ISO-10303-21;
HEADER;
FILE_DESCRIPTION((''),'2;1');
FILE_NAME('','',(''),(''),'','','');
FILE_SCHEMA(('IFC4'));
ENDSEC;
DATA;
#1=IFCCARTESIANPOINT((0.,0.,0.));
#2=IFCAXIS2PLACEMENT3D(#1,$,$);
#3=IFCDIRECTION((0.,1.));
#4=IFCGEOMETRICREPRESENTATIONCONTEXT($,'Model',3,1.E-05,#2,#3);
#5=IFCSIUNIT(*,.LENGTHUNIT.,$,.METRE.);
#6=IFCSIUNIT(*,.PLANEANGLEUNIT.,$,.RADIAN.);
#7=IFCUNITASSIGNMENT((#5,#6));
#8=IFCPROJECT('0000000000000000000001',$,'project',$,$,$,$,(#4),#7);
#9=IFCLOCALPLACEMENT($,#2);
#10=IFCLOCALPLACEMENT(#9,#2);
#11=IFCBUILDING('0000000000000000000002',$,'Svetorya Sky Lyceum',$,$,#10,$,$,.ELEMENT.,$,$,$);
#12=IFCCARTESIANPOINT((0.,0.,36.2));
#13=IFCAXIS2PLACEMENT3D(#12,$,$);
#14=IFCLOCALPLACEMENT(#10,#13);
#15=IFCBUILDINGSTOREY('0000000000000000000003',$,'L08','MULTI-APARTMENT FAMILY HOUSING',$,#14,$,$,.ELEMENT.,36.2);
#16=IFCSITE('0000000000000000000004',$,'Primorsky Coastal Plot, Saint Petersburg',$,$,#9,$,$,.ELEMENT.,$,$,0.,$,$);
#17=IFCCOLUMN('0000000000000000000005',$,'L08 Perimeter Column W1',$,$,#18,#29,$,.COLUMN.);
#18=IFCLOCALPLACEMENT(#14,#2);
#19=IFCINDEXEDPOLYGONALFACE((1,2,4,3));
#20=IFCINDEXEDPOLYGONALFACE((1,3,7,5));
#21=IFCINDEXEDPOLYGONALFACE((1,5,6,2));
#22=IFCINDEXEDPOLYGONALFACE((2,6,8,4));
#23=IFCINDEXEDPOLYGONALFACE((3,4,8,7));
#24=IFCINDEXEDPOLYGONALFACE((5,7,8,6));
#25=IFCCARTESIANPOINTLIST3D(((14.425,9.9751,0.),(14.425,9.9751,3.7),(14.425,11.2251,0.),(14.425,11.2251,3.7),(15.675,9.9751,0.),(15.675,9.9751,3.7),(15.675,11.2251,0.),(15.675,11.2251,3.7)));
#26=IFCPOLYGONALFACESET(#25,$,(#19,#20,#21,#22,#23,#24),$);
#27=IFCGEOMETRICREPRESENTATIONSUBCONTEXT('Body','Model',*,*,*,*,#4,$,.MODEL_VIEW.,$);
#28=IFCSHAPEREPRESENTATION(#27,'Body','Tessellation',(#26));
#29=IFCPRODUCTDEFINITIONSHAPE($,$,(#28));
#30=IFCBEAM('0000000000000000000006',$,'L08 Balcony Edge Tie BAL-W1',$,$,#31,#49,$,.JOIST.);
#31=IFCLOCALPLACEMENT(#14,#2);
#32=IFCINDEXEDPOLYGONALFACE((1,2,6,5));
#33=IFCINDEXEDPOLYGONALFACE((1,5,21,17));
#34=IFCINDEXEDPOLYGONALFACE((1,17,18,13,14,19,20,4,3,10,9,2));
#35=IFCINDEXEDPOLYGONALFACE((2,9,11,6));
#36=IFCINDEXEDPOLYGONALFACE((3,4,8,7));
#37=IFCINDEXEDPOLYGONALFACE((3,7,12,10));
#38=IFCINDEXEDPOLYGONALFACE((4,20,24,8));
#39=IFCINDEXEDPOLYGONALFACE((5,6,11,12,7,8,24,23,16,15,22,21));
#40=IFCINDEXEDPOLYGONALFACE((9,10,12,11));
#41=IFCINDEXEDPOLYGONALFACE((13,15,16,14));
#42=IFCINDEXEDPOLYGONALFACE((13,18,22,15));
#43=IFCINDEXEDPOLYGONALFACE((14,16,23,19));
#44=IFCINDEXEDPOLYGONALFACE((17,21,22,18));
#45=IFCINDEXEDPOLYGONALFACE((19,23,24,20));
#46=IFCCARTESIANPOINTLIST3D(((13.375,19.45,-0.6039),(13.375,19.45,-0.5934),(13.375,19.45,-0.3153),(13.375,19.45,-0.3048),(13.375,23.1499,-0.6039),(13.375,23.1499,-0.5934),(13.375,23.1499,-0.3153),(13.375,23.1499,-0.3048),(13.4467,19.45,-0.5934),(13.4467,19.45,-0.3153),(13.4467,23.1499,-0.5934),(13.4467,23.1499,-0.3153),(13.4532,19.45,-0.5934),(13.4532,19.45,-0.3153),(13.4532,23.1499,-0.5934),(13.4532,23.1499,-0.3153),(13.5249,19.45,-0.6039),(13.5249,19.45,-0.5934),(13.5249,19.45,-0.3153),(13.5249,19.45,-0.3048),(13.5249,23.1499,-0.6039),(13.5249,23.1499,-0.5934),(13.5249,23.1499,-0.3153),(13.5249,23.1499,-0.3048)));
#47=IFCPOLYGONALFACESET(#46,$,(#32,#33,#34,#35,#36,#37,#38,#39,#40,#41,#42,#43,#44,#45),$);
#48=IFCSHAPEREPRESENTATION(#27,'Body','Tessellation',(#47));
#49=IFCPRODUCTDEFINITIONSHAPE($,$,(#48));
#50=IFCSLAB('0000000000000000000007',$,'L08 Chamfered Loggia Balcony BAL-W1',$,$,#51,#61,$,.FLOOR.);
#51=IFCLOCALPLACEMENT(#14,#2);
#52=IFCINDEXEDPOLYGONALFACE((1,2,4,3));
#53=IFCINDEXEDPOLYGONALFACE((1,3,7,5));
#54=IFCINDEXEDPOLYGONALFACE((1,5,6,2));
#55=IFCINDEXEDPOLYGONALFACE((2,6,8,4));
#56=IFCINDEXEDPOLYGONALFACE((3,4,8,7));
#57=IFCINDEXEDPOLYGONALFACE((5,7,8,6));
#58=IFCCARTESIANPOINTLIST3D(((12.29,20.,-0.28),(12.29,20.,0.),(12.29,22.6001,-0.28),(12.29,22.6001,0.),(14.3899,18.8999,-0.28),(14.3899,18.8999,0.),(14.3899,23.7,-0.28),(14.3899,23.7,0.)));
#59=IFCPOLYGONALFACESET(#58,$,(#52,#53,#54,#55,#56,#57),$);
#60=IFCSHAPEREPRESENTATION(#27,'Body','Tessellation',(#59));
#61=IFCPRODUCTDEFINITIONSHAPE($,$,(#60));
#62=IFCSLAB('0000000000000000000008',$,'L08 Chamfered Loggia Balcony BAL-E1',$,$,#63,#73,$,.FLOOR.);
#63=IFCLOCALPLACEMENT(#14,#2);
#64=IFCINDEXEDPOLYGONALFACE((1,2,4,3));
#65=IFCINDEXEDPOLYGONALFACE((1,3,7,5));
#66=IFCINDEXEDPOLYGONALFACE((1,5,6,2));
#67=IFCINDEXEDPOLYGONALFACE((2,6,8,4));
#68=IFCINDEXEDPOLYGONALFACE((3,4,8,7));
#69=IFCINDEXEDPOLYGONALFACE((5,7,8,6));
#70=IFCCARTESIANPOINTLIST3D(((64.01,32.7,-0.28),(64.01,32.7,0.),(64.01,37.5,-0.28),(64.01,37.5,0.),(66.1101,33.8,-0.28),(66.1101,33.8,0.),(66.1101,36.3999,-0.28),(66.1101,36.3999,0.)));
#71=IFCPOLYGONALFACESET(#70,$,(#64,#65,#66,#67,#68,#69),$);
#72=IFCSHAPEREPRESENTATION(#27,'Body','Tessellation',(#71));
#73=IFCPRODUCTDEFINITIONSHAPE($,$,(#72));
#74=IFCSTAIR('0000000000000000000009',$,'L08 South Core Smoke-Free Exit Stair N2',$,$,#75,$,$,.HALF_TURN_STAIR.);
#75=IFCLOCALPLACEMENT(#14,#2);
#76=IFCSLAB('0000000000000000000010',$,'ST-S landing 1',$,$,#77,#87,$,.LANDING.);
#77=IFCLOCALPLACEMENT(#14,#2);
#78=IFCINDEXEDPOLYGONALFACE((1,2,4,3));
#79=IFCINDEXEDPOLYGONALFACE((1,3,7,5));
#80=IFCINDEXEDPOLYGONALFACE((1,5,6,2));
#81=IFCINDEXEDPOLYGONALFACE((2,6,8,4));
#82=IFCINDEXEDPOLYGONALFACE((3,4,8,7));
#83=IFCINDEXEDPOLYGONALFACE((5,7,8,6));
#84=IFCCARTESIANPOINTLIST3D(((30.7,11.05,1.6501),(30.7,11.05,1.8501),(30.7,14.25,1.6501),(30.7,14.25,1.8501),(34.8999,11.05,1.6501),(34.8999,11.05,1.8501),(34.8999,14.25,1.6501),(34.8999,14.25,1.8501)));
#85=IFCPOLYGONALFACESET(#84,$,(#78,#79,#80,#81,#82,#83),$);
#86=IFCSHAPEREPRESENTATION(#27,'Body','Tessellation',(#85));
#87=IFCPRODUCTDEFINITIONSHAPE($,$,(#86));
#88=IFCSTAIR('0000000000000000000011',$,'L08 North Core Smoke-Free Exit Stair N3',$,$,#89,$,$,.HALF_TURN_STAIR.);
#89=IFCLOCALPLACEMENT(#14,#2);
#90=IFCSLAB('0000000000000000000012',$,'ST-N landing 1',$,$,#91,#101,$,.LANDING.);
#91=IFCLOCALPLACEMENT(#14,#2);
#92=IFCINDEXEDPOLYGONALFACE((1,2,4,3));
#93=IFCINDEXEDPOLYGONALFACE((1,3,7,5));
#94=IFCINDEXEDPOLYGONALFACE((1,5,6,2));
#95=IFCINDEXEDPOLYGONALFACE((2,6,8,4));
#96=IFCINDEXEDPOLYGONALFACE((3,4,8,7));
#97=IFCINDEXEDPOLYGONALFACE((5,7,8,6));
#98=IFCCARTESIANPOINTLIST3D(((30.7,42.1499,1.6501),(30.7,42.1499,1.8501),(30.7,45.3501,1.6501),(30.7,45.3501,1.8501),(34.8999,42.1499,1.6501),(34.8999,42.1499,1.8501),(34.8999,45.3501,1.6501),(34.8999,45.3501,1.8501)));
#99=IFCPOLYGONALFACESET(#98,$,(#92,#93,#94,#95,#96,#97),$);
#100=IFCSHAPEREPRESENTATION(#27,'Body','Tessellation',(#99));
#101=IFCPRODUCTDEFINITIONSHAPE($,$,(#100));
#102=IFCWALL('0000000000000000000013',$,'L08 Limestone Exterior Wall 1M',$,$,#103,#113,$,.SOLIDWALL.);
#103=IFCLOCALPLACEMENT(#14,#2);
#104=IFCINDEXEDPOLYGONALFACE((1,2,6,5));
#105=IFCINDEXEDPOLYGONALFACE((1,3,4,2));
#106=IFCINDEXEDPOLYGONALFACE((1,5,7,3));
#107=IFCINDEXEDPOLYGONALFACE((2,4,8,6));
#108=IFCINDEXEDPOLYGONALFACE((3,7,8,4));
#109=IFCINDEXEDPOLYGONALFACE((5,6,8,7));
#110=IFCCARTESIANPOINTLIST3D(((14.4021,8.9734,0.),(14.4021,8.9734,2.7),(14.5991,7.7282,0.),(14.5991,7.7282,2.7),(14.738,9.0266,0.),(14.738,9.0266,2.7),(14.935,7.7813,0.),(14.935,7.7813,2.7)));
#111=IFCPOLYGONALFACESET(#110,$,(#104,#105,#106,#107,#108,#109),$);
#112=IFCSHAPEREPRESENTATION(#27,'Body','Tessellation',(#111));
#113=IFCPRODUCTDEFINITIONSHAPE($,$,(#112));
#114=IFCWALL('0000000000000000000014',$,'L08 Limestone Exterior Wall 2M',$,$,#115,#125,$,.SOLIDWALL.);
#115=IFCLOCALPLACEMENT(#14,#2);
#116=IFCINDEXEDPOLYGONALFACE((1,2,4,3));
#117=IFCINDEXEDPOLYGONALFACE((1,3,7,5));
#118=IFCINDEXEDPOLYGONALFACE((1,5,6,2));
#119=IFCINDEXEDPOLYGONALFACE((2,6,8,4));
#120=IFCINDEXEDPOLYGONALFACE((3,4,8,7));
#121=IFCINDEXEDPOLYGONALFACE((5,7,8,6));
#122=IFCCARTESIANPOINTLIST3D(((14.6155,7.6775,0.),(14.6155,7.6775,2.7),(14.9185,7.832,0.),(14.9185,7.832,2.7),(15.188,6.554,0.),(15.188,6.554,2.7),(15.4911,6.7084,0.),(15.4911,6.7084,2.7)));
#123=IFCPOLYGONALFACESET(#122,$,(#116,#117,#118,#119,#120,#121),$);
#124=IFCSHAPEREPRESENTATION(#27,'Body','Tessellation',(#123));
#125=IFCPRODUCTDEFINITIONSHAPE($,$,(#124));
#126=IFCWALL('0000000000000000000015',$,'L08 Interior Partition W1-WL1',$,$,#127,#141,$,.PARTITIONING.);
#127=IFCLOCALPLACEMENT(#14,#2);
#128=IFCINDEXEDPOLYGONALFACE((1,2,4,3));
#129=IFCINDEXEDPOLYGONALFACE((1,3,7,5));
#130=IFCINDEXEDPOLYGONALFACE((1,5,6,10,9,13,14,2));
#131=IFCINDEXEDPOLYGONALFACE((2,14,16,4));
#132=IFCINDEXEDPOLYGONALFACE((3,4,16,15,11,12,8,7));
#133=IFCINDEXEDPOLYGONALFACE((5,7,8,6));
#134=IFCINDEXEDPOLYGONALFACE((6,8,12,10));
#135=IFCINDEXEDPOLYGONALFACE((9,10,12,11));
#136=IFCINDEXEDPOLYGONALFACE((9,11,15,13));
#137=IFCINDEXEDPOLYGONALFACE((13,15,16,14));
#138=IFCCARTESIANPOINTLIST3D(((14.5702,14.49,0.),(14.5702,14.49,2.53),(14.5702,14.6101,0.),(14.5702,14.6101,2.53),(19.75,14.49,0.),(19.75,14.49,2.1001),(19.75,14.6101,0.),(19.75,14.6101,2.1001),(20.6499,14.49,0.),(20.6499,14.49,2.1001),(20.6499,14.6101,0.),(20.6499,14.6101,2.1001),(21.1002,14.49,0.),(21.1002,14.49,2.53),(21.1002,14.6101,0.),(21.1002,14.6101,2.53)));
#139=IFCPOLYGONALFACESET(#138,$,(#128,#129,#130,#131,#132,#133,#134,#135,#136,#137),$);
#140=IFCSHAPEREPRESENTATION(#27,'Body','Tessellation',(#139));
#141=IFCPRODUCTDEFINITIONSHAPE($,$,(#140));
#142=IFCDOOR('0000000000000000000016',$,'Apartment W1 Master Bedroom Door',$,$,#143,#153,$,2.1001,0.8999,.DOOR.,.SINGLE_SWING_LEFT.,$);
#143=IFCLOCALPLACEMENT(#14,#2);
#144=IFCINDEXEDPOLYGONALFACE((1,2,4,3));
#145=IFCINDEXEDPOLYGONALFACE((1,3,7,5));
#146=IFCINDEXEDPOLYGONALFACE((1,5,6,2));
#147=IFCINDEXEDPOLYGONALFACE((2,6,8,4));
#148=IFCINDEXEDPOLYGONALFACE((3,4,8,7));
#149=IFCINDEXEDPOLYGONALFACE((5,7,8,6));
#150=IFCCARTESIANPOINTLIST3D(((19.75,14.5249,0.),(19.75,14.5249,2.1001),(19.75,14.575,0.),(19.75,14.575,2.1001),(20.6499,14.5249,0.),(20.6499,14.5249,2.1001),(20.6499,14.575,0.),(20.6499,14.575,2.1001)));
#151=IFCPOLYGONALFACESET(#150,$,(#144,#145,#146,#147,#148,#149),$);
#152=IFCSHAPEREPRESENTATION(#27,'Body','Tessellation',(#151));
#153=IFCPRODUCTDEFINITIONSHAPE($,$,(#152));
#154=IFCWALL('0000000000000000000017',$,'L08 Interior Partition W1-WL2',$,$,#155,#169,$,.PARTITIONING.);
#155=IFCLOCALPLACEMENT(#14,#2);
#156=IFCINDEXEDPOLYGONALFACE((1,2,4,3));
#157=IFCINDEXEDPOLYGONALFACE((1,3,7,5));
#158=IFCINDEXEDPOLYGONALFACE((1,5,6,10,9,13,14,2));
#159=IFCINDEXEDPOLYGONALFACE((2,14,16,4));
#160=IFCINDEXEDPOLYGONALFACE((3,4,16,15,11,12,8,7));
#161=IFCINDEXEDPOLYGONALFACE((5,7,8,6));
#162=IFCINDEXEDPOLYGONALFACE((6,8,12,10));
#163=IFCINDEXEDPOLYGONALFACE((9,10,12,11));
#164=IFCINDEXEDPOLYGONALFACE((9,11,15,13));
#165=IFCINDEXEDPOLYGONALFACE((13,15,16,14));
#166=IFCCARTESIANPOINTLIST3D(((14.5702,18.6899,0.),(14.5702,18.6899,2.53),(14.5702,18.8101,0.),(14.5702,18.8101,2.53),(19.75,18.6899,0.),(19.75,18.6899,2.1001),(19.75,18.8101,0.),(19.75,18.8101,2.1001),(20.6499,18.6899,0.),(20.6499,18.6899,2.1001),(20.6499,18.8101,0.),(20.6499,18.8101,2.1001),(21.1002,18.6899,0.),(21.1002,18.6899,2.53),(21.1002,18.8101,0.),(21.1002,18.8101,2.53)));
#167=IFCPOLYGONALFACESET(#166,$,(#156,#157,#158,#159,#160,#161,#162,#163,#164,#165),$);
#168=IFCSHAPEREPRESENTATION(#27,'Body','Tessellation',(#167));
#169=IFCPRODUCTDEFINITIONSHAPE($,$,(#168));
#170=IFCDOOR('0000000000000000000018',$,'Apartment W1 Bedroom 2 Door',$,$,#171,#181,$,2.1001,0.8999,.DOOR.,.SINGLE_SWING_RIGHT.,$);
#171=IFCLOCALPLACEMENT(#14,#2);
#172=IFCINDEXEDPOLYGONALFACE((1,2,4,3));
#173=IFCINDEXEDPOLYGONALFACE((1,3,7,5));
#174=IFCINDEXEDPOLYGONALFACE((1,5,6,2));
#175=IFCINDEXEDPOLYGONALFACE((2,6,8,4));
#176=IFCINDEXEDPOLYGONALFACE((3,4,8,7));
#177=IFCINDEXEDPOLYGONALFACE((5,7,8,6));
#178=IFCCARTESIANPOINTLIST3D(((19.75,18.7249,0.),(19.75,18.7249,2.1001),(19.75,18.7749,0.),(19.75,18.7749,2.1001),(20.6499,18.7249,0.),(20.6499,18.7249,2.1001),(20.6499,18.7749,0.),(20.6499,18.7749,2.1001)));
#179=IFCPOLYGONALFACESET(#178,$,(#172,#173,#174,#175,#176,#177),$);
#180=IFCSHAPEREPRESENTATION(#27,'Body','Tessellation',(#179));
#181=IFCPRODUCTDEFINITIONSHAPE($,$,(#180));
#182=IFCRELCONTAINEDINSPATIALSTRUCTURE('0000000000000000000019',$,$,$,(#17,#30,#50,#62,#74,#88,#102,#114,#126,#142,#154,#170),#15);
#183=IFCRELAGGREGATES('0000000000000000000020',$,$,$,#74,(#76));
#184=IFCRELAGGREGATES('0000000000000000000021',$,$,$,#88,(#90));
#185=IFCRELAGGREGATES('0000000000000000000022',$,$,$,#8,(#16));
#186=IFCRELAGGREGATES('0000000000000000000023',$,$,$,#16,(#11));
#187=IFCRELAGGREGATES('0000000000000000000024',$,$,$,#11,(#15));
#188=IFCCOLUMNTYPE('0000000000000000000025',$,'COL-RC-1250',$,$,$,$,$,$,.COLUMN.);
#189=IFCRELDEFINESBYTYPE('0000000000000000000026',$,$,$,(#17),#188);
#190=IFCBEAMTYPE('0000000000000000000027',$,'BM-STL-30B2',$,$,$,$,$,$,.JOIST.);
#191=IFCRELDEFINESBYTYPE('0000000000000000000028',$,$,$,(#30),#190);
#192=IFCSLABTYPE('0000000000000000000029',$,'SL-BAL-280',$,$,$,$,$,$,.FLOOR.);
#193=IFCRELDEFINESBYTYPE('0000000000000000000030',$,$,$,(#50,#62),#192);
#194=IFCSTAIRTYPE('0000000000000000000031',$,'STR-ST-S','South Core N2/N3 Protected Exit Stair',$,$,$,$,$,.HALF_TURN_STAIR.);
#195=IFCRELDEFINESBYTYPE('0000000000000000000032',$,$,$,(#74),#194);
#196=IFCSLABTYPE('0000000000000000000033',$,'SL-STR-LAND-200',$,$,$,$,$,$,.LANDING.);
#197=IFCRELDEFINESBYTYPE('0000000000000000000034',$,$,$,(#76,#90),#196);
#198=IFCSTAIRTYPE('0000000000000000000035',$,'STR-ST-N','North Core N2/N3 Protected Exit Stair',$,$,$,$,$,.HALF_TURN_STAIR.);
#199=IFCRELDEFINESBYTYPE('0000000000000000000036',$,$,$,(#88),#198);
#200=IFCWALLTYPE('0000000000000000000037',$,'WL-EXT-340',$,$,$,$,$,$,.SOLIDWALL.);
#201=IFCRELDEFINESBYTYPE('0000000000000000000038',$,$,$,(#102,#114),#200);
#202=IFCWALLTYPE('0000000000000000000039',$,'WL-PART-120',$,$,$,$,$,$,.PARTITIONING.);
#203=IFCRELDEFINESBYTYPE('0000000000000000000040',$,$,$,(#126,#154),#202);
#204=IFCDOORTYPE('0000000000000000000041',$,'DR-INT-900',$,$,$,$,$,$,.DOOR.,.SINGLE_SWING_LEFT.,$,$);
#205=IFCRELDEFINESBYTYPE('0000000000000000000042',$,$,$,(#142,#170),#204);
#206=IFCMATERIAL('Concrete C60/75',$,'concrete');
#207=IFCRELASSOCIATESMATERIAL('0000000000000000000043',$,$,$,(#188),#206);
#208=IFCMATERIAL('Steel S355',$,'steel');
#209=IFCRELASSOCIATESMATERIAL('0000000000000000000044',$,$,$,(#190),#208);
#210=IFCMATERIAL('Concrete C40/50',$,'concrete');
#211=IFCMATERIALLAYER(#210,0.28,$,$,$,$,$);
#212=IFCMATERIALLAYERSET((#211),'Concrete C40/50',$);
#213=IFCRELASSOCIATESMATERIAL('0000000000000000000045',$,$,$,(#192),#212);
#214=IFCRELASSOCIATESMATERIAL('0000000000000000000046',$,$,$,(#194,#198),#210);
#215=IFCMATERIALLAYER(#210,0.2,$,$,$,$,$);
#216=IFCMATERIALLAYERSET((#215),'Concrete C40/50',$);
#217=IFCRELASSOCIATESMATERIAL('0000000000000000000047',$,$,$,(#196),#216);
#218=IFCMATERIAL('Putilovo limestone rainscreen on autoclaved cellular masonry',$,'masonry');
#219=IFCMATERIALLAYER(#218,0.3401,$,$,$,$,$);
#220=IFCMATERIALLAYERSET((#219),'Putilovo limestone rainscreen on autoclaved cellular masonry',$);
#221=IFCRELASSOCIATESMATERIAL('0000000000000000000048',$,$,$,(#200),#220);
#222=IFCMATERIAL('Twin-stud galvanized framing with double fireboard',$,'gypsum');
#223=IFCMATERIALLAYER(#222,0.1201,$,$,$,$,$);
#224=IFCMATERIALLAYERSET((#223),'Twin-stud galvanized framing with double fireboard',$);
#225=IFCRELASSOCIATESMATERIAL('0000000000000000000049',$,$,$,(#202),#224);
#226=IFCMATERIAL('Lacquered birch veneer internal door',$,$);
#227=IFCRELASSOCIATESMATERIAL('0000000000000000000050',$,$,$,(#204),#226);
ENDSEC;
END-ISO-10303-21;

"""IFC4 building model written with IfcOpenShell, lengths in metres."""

from ifc_helpers import new_model, si_unit, direction, frame, frame_2d, origin, origin_2d, place, context, subcontext, project, spatial, polyline, rectangle, i_section, outline, extrude, material, layer, layer_set, material_profile, profile_set, type_object, element, fill, aggregate, save


model = new_model("IFC4")

# Units and contexts
model_context = context("Model", 3, precision=1e-05, world=origin(), true_north=direction((0.0, 1.0)))
body_context = subcontext(model_context, "Body", "Model", "MODEL_VIEW")
ifc_project = project(units=[si_unit("LENGTHUNIT", "METRE"), si_unit("PLANEANGLEUNIT", "RADIAN")], contexts=[model_context])

# Site, building, storey
site_placement = place(None, origin())
site = spatial("IfcSite", under=ifc_project, at=site_placement, Name="Primorsky Coastal Plot, Saint Petersburg", CompositionType="ELEMENT", RefElevation=0.0)
building_placement = place(site_placement, origin())
building = spatial("IfcBuilding", under=site, at=building_placement, Name="Svetorya Sky Lyceum", CompositionType="ELEMENT")
storey_placement = place(building_placement, frame((0.0, 0.0, 36.2)))
storey = spatial("IfcBuildingStorey", under=building, at=storey_placement, Name="L08", Description="MULTI-APARTMENT FAMILY HOUSING", CompositionType="ELEMENT", Elevation=36.2)

# Column
ifc_material_1 = material(Name="Concrete C60/75", Category="concrete")
ifc_material_profile_1 = material_profile(ifc_material_1, rectangle(XDim=1.25, YDim=1.25, at=origin_2d()), Name="RC COL 1250x1250")
ifc_profile_set_1 = profile_set([ifc_material_profile_1], Name="Concrete C60/75")
column_type = type_object("IfcColumnType", Name="COL-RC-1250", PredefinedType="COLUMN", material=ifc_profile_set_1)
column_placement = place(storey_placement, frame((15.05, 10.6001, 0.0), z_axis=(0.0, 0.0, 1.0), x_axis=(1.0, 0.0, 0.0)))
element("IfcColumn", 1, at=column_placement, inside=storey, type_object=column_type, Name="L08 Perimeter Column W1", PredefinedType="COLUMN", context=body_context, shape_type="SweptSolid", body=[
    extrude(rectangle(XDim=1.25, YDim=1.25, at=origin_2d()), origin(), (0.0, 0.0, 1.0), 3.7),
])

# Beam
ifc_material_2 = material(Name="Steel S355", Category="steel")
ifc_material_profile_2 = material_profile(ifc_material_2, i_section(OverallWidth=0.1499, OverallDepth=0.2991, WebThickness=0.0066, FlangeThickness=0.0105, at=origin_2d()), Name="GOST 30B2")
ifc_profile_set_2 = profile_set([ifc_material_profile_2], Name="Steel S355")
beam_type = type_object("IfcBeamType", Name="BM-STL-30B2", PredefinedType="JOIST", material=ifc_profile_set_2)
beam_placement = place(storey_placement, frame((13.45, 19.45, -0.4543), z_axis=(0.0, 1.0, 0.0), x_axis=(-1.0, 0.0, 0.0)))
element("IfcBeam", 2, at=beam_placement, inside=storey, type_object=beam_type, Name="L08 Balcony Edge Tie BAL-W1", PredefinedType="JOIST", context=body_context, shape_type="SweptSolid", body=[
    extrude(i_section(OverallWidth=0.1499, OverallDepth=0.2991, WebThickness=0.0066, FlangeThickness=0.0105, at=origin_2d()), origin(), (0.0, 0.0, 1.0), 3.7),
])

# Slabs
ifc_material_3 = material(Name="Concrete C40/50", Category="concrete")
ifc_layer_1 = layer(ifc_material_3, 0.28)
ifc_layer_set_1 = layer_set([ifc_layer_1], Name="Concrete C40/50")
slab_type_1 = type_object("IfcSlabType", Name="SL-BAL-280", PredefinedType="FLOOR", material=ifc_layer_set_1)
slab_1_placement = place(storey_placement, frame((0.0, 0.0, -0.28)))
element("IfcSlab", 3, at=slab_1_placement, inside=storey, type_object=slab_type_1, Name="L08 Chamfered Loggia Balcony BAL-W1", PredefinedType="FLOOR", context=body_context, shape_type="SweptSolid", body=[
    extrude(outline(polyline([(14.3899, 18.8999), (14.3899, 23.7), (12.29, 22.6001), (12.29, 20.0), (14.3899, 18.8999)])), origin(), (0.0, 0.0, 1.0), 0.28),
])
slab_2_placement = place(storey_placement, frame((0.0, 0.0, -0.28)))
element("IfcSlab", 4, at=slab_2_placement, inside=storey, type_object=slab_type_1, Name="L08 Chamfered Loggia Balcony BAL-E1", PredefinedType="FLOOR", context=body_context, shape_type="SweptSolid", body=[
    extrude(outline(polyline([(64.01, 32.7), (66.1101, 33.8), (66.1101, 36.3999), (64.01, 37.5), (64.01, 32.7)])), origin(), (0.0, 0.0, 1.0), 0.28),
])

# Stairs, slabs
stair_type_1 = type_object("IfcStairType", Name="STR-ST-S", Description="South Core N2/N3 Protected Exit Stair", PredefinedType="HALF_TURN_STAIR", material=ifc_material_3)
stair_1_placement = place(storey_placement, origin())
stair_1 = element("IfcStair", 5, at=stair_1_placement, inside=storey, type_object=stair_type_1, Name="L08 South Core Smoke-Free Exit Stair N2", PredefinedType="HALF_TURN_STAIR")
ifc_layer_2 = layer(ifc_material_3, 0.2)
ifc_layer_set_2 = layer_set([ifc_layer_2], Name="Concrete C40/50")
slab_type_2 = type_object("IfcSlabType", Name="SL-STR-LAND-200", PredefinedType="LANDING", material=ifc_layer_set_2)
slab_3_placement = place(storey_placement, frame((0.0, 0.0, 1.6501)))
slab_3 = element("IfcSlab", 6, at=slab_3_placement, type_object=slab_type_2, Name="ST-S landing 1", PredefinedType="LANDING", context=body_context, shape_type="SweptSolid", body=[
    extrude(outline(polyline([(30.7, 11.05), (34.8999, 11.05), (34.8999, 14.25), (30.7, 14.25), (30.7, 11.05)])), origin(), (0.0, 0.0, 1.0), 0.2),
])
aggregate(stair_1, [slab_3])
stair_type_2 = type_object("IfcStairType", Name="STR-ST-N", Description="North Core N2/N3 Protected Exit Stair", PredefinedType="HALF_TURN_STAIR", material=ifc_material_3)
stair_2_placement = place(storey_placement, origin())
stair_2 = element("IfcStair", 7, at=stair_2_placement, inside=storey, type_object=stair_type_2, Name="L08 North Core Smoke-Free Exit Stair N3", PredefinedType="HALF_TURN_STAIR")
slab_4_placement = place(storey_placement, frame((0.0, 0.0, 1.6501)))
slab_4 = element("IfcSlab", 8, at=slab_4_placement, type_object=slab_type_2, Name="ST-N landing 1", PredefinedType="LANDING", context=body_context, shape_type="SweptSolid", body=[
    extrude(outline(polyline([(30.7, 42.1499), (34.8999, 42.1499), (34.8999, 45.3501), (30.7, 45.3501), (30.7, 42.1499)])), origin(), (0.0, 0.0, 1.0), 0.2),
])
aggregate(stair_2, [slab_4])

# Walls
ifc_material_4 = material(Name="Putilovo limestone rainscreen on autoclaved cellular masonry", Category="masonry")
ifc_layer_3 = layer(ifc_material_4, 0.3401)
ifc_layer_set_3 = layer_set([ifc_layer_3], Name="Putilovo limestone rainscreen on autoclaved cellular masonry")
wall_type_1 = type_object("IfcWallType", Name="WL-EXT-340", PredefinedType="SOLIDWALL", material=ifc_layer_set_3)
wall_1_placement = place(storey_placement, frame((14.5701, 9.0, 0.0), z_axis=(0.0, 0.0, 1.0), x_axis=(0.156261, -0.987716, 0.0)))
element("IfcWall", 9, at=wall_1_placement, inside=storey, type_object=wall_type_1, Name="L08 Limestone Exterior Wall 1M", PredefinedType="SOLIDWALL", context=body_context, shape_type="SweptSolid", body=[
    extrude(rectangle(XDim=1.2607, YDim=0.3401, at=frame_2d((0.6304, 0.0))), origin(), (0.0, 0.0, 1.0), 2.7),
])
wall_2_placement = place(storey_placement, frame((14.7671, 7.7546, 0.0), z_axis=(0.0, 0.0, 1.0), x_axis=(0.454016, -0.890994, 0.0)))
element("IfcWall", 10, at=wall_2_placement, inside=storey, type_object=wall_type_1, Name="L08 Limestone Exterior Wall 2M", PredefinedType="SOLIDWALL", context=body_context, shape_type="SweptSolid", body=[
    extrude(rectangle(XDim=1.261, YDim=0.3401, at=frame_2d((0.6304, 0.0))), origin(), (0.0, 0.0, 1.0), 2.7),
])

# Walls, openings, doors
ifc_material_5 = material(Name="Twin-stud galvanized framing with double fireboard", Category="gypsum")
ifc_layer_4 = layer(ifc_material_5, 0.1201)
ifc_layer_set_4 = layer_set([ifc_layer_4], Name="Twin-stud galvanized framing with double fireboard")
wall_type_2 = type_object("IfcWallType", Name="WL-PART-120", PredefinedType="PARTITIONING", material=ifc_layer_set_4)
wall_3_placement = place(storey_placement, frame((14.5701, 14.55, 0.0), z_axis=(0.0, 0.0, 1.0), x_axis=(1.0, 0.0, 0.0)))
wall_3 = element("IfcWall", 11, at=wall_3_placement, inside=storey, type_object=wall_type_2, Name="L08 Interior Partition W1-WL1", PredefinedType="PARTITIONING", context=body_context, shape_type="SweptSolid", body=[
    extrude(rectangle(XDim=6.53, YDim=0.1201, at=frame_2d((3.2651, 0.0))), origin(), (0.0, 0.0, 1.0), 2.53),
])
opening_1_placement = place(wall_3_placement, frame((5.1799, 0.0, 0.0)))
opening_1 = element("IfcOpeningElement", 12, at=opening_1_placement, cuts=wall_3, PredefinedType="OPENING", context=body_context, shape_type="SweptSolid", body=[
    extrude(rectangle(XDim=0.8999, YDim=2.1001, at=frame_2d((0.45, 1.05))), frame((0.0, 0.0701, 0.0), z_axis=(0.0, -1.0, 0.0), x_axis=(1.0, 0.0, 0.0)), (0.0, 0.0, 1.0), 0.1401),
])
ifc_material_6 = material(Name="Lacquered birch veneer internal door")
door_type = type_object("IfcDoorType", Name="DR-INT-900", OperationType="SINGLE_SWING_LEFT", PredefinedType="DOOR", material=ifc_material_6)
door_1_placement = place(opening_1_placement, origin())
door_1 = element("IfcDoor", 13, at=door_1_placement, inside=storey, type_object=door_type, Name="Apartment W1 Master Bedroom Door", OperationType="SINGLE_SWING_LEFT", OverallHeight=2.1001, OverallWidth=0.8999, PredefinedType="DOOR", context=body_context, shape_type="SweptSolid", body=[
    extrude(rectangle(XDim=0.8999, YDim=2.1001, at=frame_2d((0.45, 1.05))), frame((0.0, 0.0249, 0.0), z_axis=(0.0, -1.0, 0.0), x_axis=(1.0, 0.0, 0.0)), (0.0, 0.0, 1.0), 0.05),
])
fill(opening_1, door_1)
wall_4_placement = place(storey_placement, frame((14.5701, 18.75, 0.0), z_axis=(0.0, 0.0, 1.0), x_axis=(1.0, 0.0, 0.0)))
wall_4 = element("IfcWall", 14, at=wall_4_placement, inside=storey, type_object=wall_type_2, Name="L08 Interior Partition W1-WL2", PredefinedType="PARTITIONING", context=body_context, shape_type="SweptSolid", body=[
    extrude(rectangle(XDim=6.53, YDim=0.1201, at=frame_2d((3.2651, 0.0))), origin(), (0.0, 0.0, 1.0), 2.53),
])
opening_2_placement = place(wall_4_placement, frame((5.1799, 0.0, 0.0)))
opening_2 = element("IfcOpeningElement", 15, at=opening_2_placement, cuts=wall_4, PredefinedType="OPENING", context=body_context, shape_type="SweptSolid", body=[
    extrude(rectangle(XDim=0.8999, YDim=2.1001, at=frame_2d((0.45, 1.05))), frame((0.0, 0.0701, 0.0), z_axis=(0.0, -1.0, 0.0), x_axis=(1.0, 0.0, 0.0)), (0.0, 0.0, 1.0), 0.1401),
])
door_2_placement = place(opening_2_placement, origin())
door_2 = element("IfcDoor", 16, at=door_2_placement, inside=storey, type_object=door_type, Name="Apartment W1 Bedroom 2 Door", OperationType="SINGLE_SWING_RIGHT", OverallHeight=2.1001, OverallWidth=0.8999, PredefinedType="DOOR", context=body_context, shape_type="SweptSolid", body=[
    extrude(rectangle(XDim=0.8999, YDim=2.1001, at=frame_2d((0.45, 1.05))), frame((0.0, 0.0249, 0.0), z_axis=(0.0, -1.0, 0.0), x_axis=(1.0, 0.0, 0.0)), (0.0, 0.0, 1.0), 0.05),
])
fill(opening_2, door_2)

save(model, "model.ifc")
